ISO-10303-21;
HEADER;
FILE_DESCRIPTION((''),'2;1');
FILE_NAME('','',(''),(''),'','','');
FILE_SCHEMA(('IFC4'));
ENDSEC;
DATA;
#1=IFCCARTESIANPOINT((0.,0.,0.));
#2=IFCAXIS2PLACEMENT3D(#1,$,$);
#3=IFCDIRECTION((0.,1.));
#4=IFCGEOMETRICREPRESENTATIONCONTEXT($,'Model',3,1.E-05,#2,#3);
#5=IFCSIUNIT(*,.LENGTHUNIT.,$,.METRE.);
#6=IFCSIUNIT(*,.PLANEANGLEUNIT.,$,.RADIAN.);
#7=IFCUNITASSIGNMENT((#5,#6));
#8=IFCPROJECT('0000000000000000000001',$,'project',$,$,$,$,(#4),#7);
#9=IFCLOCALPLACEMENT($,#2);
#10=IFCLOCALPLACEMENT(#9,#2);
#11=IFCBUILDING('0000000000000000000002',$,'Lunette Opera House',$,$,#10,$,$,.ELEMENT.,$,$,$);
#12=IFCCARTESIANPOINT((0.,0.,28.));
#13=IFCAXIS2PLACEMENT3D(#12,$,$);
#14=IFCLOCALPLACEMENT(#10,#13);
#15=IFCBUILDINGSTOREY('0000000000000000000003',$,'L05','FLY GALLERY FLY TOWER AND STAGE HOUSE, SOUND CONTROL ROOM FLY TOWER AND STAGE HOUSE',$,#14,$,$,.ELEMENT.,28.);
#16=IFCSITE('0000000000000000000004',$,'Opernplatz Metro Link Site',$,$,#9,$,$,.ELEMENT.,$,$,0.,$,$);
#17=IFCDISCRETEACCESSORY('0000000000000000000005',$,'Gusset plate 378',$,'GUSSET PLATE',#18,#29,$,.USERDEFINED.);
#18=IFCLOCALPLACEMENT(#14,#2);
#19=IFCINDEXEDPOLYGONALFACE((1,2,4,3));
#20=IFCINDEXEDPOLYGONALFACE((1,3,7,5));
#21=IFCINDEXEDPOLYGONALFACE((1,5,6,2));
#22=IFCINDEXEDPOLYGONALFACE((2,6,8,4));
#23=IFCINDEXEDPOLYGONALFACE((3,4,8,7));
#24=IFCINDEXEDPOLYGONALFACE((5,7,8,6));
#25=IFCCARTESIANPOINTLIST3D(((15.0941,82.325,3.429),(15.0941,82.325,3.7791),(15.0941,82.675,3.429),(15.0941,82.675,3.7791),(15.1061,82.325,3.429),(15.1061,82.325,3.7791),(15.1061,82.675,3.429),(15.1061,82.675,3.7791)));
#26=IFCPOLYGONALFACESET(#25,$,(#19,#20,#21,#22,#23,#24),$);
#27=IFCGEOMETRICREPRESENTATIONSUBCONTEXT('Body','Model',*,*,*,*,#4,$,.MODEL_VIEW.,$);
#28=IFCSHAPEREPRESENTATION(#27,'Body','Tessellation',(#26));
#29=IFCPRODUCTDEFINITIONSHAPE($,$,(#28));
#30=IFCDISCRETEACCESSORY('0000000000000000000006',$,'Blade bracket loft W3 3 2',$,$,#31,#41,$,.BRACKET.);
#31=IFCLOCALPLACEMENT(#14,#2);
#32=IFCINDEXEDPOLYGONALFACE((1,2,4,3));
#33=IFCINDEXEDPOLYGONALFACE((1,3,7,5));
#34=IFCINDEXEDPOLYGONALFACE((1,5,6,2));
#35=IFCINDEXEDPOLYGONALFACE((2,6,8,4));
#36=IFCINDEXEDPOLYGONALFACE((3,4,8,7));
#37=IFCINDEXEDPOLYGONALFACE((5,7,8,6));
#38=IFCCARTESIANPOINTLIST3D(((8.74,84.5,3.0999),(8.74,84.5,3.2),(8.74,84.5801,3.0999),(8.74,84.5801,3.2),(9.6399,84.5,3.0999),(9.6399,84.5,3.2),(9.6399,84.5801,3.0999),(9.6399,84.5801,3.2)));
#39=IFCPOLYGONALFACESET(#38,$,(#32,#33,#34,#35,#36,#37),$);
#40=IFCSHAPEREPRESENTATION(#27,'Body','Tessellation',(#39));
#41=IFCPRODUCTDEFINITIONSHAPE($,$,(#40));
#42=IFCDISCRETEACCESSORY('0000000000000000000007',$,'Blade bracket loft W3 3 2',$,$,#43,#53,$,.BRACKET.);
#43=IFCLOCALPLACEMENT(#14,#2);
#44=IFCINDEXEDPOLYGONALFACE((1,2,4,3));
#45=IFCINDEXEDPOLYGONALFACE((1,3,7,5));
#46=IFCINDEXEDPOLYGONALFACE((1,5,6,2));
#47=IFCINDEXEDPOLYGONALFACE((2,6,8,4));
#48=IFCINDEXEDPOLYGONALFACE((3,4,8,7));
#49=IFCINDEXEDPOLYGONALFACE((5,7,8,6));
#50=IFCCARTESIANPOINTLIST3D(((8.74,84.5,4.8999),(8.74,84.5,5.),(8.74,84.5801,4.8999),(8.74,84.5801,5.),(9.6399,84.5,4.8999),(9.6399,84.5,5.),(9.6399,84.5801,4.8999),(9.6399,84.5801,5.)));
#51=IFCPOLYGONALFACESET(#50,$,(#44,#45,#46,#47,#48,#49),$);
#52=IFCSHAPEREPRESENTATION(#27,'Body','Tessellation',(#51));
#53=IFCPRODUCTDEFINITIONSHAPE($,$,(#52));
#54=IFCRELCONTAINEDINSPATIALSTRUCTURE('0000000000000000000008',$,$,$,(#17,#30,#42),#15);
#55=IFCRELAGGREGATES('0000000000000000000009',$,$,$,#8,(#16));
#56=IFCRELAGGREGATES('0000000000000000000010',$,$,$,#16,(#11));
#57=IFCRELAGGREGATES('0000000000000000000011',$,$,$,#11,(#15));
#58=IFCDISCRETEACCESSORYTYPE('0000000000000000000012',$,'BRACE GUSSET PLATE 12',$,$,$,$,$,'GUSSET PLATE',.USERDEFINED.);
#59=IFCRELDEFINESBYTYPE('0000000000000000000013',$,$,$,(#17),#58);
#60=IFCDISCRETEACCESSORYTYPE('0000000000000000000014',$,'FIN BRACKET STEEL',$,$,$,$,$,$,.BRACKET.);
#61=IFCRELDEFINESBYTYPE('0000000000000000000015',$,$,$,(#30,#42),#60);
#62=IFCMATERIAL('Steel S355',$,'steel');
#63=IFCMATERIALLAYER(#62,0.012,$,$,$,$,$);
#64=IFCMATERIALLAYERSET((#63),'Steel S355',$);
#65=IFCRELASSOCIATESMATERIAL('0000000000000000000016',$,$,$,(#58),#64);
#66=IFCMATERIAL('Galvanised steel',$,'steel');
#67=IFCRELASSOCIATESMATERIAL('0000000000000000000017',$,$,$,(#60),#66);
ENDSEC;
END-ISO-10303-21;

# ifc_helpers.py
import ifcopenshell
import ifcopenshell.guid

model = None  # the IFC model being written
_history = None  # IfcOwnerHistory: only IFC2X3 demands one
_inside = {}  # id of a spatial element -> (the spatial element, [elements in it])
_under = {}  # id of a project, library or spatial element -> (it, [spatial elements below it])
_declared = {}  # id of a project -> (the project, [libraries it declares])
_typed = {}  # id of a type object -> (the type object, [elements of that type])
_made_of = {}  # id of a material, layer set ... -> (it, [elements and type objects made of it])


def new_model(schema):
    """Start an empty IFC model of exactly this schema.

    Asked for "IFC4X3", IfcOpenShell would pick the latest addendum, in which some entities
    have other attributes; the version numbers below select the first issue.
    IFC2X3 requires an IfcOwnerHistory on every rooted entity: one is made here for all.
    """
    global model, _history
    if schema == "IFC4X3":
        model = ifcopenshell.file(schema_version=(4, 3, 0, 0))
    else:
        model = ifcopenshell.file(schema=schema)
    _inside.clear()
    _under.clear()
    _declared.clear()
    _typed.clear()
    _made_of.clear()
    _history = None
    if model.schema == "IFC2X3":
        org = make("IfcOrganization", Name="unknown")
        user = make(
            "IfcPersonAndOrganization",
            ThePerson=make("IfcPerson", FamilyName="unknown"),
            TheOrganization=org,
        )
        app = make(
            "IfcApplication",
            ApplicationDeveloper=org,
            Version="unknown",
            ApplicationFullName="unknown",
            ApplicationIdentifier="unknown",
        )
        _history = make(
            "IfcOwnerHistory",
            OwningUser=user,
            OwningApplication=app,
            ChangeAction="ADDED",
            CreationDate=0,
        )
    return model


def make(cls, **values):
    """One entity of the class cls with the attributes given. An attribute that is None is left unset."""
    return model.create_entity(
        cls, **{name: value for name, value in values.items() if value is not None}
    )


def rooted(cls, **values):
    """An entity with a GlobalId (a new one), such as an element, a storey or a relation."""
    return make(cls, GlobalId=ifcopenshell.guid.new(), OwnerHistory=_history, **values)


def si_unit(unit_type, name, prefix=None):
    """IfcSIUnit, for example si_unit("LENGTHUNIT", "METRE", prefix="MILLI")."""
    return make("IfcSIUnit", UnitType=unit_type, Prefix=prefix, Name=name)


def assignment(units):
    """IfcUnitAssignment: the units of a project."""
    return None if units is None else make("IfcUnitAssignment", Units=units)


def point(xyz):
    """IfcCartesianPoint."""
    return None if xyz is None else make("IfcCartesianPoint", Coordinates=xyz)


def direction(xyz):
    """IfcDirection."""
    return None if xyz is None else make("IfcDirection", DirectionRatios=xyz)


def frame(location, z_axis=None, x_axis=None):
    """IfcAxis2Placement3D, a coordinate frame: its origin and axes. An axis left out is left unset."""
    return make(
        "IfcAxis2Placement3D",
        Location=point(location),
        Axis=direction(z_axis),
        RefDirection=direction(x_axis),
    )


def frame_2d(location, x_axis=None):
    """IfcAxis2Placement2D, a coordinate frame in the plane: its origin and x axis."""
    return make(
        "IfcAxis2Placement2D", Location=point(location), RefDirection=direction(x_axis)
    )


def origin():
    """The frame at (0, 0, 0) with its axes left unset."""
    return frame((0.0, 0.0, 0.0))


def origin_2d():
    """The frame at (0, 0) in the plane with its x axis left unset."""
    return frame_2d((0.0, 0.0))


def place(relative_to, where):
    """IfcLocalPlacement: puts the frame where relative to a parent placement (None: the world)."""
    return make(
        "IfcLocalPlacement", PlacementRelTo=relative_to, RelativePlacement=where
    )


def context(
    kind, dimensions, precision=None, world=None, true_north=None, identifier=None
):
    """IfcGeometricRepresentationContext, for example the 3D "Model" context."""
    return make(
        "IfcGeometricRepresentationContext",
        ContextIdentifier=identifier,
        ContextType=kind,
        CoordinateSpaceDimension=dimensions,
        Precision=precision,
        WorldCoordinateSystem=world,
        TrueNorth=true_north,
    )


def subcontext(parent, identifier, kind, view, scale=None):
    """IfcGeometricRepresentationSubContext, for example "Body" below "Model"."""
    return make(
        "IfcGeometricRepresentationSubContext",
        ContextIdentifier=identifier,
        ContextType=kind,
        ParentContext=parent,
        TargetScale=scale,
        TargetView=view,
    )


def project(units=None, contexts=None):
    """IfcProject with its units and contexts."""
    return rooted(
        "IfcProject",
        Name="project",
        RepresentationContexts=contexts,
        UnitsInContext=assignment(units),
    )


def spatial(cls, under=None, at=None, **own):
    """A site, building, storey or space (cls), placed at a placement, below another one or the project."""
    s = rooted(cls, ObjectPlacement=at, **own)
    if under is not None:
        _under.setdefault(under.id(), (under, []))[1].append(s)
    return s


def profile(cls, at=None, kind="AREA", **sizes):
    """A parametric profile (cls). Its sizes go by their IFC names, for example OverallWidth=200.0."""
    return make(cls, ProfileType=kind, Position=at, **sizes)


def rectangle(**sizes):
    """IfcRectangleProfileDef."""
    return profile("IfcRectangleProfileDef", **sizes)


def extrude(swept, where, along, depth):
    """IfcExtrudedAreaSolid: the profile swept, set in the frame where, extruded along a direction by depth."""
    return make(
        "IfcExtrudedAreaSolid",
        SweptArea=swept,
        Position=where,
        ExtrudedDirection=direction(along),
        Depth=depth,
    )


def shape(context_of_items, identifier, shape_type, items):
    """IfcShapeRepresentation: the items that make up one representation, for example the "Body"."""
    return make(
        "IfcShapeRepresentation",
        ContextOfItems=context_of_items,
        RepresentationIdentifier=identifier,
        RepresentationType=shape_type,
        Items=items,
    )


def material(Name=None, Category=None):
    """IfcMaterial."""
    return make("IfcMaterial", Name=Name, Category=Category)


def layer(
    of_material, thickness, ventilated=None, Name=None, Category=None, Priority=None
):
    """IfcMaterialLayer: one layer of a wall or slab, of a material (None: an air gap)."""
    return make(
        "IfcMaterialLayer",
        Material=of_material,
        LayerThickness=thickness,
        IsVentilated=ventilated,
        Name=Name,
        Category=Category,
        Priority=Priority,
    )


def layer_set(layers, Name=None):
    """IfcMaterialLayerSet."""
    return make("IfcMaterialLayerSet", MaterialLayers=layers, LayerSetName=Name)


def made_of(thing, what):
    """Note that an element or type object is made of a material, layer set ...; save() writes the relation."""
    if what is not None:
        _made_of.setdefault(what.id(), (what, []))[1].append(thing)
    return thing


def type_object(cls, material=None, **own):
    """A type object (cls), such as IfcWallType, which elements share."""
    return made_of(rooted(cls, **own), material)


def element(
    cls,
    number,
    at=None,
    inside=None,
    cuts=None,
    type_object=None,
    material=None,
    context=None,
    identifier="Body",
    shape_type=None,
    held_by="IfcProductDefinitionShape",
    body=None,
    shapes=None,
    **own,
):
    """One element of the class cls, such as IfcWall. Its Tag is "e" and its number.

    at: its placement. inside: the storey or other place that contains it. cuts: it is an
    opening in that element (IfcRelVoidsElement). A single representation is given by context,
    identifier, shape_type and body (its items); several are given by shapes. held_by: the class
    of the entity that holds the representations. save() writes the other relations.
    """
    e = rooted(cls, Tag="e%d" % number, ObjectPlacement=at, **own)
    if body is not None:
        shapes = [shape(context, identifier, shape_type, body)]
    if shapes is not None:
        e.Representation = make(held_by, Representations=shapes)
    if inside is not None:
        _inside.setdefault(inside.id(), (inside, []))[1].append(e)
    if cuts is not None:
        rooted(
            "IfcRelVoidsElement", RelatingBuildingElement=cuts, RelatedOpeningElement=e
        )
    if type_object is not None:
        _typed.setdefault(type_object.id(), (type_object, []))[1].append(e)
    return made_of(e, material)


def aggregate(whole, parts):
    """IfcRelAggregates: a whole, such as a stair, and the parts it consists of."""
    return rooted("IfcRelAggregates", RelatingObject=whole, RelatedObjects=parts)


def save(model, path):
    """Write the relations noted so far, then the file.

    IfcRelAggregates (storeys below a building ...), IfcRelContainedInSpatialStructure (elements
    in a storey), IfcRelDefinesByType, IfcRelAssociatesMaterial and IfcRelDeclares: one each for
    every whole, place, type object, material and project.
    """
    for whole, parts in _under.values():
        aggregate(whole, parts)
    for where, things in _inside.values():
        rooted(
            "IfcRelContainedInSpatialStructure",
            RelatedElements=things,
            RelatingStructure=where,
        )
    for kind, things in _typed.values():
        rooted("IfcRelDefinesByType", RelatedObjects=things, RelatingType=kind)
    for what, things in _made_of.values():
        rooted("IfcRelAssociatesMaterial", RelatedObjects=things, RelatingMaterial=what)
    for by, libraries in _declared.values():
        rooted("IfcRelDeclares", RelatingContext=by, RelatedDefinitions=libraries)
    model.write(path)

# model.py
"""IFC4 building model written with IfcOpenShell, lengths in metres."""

from ifc_helpers import new_model, si_unit, direction, frame, origin, origin_2d, place, context, subcontext, project, spatial, rectangle, extrude, material, layer, layer_set, type_object, element, save


model = new_model("IFC4")

# Units and contexts
model_context = context("Model", 3, precision=1e-05, world=origin(), true_north=direction((0.0, 1.0)))
body_context = subcontext(model_context, "Body", "Model", "MODEL_VIEW")
ifc_project = project(units=[si_unit("LENGTHUNIT", "METRE"), si_unit("PLANEANGLEUNIT", "RADIAN")], contexts=[model_context])

# Site, building, storey
site_placement = place(None, origin())
site = spatial("IfcSite", under=ifc_project, at=site_placement, Name="Opernplatz Metro Link Site", CompositionType="ELEMENT", RefElevation=0.0)
building_placement = place(site_placement, origin())
building = spatial("IfcBuilding", under=site, at=building_placement, Name="Lunette Opera House", CompositionType="ELEMENT")
storey_placement = place(building_placement, frame((0.0, 0.0, 28.0)))
storey = spatial("IfcBuildingStorey", under=building, at=storey_placement, Name="L05", Description="FLY GALLERY FLY TOWER AND STAGE HOUSE, SOUND CONTROL ROOM FLY TOWER AND STAGE HOUSE", CompositionType="ELEMENT", Elevation=28.0)

# Discrete accessories
ifc_material_1 = material(Name="Steel S355", Category="steel")
ifc_layer_1 = layer(ifc_material_1, 0.012)
ifc_layer_set_1 = layer_set([ifc_layer_1], Name="Steel S355")
discrete_accessory_type_1 = type_object("IfcDiscreteAccessoryType", Name="BRACE GUSSET PLATE 12", ElementType="GUSSET PLATE", PredefinedType="USERDEFINED", material=ifc_layer_set_1)
discrete_accessory_1_placement = place(storey_placement, frame((15.1001, 82.5, 3.429), z_axis=(0.0, 0.0, 1.0), x_axis=(0.0, 1.0, 0.0)))
element("IfcDiscreteAccessory", 1, at=discrete_accessory_1_placement, inside=storey, type_object=discrete_accessory_type_1, Name="Gusset plate 378", ObjectType="GUSSET PLATE", PredefinedType="USERDEFINED", context=body_context, shape_type="SweptSolid", body=[
    extrude(rectangle(XDim=0.3501, YDim=0.012, at=origin_2d()), origin(), (0.0, 0.0, 1.0), 0.3501),
])
ifc_material_2 = material(Name="Galvanised steel", Category="steel")
discrete_accessory_type_2 = type_object("IfcDiscreteAccessoryType", Name="FIN BRACKET STEEL", PredefinedType="BRACKET", material=ifc_material_2)
for number, where, z_axis, x_axis, name in (
    (2, (9.1899, 84.54, 3.0999), (0.0, 0.0, 1.0), (-1.0, 0.0, 0.0), "Blade bracket loft W3 3 2"),
    (3, (9.1899, 84.54, 4.8999), (0.0, 0.0, 1.0), (-1.0, 0.0, 0.0), "Blade bracket loft W3 3 2"),
):
    element("IfcDiscreteAccessory", number, at=place(storey_placement, frame(where, z_axis=z_axis, x_axis=x_axis)), inside=storey, type_object=discrete_accessory_type_2, Name=name, PredefinedType="BRACKET", context=body_context, shape_type="SweptSolid", body=[
        extrude(rectangle(XDim=0.8999, YDim=0.0801, at=origin_2d()), origin(), (0.0, 0.0, 1.0), 0.1001),
    ])

save(model, "model.ifc")
